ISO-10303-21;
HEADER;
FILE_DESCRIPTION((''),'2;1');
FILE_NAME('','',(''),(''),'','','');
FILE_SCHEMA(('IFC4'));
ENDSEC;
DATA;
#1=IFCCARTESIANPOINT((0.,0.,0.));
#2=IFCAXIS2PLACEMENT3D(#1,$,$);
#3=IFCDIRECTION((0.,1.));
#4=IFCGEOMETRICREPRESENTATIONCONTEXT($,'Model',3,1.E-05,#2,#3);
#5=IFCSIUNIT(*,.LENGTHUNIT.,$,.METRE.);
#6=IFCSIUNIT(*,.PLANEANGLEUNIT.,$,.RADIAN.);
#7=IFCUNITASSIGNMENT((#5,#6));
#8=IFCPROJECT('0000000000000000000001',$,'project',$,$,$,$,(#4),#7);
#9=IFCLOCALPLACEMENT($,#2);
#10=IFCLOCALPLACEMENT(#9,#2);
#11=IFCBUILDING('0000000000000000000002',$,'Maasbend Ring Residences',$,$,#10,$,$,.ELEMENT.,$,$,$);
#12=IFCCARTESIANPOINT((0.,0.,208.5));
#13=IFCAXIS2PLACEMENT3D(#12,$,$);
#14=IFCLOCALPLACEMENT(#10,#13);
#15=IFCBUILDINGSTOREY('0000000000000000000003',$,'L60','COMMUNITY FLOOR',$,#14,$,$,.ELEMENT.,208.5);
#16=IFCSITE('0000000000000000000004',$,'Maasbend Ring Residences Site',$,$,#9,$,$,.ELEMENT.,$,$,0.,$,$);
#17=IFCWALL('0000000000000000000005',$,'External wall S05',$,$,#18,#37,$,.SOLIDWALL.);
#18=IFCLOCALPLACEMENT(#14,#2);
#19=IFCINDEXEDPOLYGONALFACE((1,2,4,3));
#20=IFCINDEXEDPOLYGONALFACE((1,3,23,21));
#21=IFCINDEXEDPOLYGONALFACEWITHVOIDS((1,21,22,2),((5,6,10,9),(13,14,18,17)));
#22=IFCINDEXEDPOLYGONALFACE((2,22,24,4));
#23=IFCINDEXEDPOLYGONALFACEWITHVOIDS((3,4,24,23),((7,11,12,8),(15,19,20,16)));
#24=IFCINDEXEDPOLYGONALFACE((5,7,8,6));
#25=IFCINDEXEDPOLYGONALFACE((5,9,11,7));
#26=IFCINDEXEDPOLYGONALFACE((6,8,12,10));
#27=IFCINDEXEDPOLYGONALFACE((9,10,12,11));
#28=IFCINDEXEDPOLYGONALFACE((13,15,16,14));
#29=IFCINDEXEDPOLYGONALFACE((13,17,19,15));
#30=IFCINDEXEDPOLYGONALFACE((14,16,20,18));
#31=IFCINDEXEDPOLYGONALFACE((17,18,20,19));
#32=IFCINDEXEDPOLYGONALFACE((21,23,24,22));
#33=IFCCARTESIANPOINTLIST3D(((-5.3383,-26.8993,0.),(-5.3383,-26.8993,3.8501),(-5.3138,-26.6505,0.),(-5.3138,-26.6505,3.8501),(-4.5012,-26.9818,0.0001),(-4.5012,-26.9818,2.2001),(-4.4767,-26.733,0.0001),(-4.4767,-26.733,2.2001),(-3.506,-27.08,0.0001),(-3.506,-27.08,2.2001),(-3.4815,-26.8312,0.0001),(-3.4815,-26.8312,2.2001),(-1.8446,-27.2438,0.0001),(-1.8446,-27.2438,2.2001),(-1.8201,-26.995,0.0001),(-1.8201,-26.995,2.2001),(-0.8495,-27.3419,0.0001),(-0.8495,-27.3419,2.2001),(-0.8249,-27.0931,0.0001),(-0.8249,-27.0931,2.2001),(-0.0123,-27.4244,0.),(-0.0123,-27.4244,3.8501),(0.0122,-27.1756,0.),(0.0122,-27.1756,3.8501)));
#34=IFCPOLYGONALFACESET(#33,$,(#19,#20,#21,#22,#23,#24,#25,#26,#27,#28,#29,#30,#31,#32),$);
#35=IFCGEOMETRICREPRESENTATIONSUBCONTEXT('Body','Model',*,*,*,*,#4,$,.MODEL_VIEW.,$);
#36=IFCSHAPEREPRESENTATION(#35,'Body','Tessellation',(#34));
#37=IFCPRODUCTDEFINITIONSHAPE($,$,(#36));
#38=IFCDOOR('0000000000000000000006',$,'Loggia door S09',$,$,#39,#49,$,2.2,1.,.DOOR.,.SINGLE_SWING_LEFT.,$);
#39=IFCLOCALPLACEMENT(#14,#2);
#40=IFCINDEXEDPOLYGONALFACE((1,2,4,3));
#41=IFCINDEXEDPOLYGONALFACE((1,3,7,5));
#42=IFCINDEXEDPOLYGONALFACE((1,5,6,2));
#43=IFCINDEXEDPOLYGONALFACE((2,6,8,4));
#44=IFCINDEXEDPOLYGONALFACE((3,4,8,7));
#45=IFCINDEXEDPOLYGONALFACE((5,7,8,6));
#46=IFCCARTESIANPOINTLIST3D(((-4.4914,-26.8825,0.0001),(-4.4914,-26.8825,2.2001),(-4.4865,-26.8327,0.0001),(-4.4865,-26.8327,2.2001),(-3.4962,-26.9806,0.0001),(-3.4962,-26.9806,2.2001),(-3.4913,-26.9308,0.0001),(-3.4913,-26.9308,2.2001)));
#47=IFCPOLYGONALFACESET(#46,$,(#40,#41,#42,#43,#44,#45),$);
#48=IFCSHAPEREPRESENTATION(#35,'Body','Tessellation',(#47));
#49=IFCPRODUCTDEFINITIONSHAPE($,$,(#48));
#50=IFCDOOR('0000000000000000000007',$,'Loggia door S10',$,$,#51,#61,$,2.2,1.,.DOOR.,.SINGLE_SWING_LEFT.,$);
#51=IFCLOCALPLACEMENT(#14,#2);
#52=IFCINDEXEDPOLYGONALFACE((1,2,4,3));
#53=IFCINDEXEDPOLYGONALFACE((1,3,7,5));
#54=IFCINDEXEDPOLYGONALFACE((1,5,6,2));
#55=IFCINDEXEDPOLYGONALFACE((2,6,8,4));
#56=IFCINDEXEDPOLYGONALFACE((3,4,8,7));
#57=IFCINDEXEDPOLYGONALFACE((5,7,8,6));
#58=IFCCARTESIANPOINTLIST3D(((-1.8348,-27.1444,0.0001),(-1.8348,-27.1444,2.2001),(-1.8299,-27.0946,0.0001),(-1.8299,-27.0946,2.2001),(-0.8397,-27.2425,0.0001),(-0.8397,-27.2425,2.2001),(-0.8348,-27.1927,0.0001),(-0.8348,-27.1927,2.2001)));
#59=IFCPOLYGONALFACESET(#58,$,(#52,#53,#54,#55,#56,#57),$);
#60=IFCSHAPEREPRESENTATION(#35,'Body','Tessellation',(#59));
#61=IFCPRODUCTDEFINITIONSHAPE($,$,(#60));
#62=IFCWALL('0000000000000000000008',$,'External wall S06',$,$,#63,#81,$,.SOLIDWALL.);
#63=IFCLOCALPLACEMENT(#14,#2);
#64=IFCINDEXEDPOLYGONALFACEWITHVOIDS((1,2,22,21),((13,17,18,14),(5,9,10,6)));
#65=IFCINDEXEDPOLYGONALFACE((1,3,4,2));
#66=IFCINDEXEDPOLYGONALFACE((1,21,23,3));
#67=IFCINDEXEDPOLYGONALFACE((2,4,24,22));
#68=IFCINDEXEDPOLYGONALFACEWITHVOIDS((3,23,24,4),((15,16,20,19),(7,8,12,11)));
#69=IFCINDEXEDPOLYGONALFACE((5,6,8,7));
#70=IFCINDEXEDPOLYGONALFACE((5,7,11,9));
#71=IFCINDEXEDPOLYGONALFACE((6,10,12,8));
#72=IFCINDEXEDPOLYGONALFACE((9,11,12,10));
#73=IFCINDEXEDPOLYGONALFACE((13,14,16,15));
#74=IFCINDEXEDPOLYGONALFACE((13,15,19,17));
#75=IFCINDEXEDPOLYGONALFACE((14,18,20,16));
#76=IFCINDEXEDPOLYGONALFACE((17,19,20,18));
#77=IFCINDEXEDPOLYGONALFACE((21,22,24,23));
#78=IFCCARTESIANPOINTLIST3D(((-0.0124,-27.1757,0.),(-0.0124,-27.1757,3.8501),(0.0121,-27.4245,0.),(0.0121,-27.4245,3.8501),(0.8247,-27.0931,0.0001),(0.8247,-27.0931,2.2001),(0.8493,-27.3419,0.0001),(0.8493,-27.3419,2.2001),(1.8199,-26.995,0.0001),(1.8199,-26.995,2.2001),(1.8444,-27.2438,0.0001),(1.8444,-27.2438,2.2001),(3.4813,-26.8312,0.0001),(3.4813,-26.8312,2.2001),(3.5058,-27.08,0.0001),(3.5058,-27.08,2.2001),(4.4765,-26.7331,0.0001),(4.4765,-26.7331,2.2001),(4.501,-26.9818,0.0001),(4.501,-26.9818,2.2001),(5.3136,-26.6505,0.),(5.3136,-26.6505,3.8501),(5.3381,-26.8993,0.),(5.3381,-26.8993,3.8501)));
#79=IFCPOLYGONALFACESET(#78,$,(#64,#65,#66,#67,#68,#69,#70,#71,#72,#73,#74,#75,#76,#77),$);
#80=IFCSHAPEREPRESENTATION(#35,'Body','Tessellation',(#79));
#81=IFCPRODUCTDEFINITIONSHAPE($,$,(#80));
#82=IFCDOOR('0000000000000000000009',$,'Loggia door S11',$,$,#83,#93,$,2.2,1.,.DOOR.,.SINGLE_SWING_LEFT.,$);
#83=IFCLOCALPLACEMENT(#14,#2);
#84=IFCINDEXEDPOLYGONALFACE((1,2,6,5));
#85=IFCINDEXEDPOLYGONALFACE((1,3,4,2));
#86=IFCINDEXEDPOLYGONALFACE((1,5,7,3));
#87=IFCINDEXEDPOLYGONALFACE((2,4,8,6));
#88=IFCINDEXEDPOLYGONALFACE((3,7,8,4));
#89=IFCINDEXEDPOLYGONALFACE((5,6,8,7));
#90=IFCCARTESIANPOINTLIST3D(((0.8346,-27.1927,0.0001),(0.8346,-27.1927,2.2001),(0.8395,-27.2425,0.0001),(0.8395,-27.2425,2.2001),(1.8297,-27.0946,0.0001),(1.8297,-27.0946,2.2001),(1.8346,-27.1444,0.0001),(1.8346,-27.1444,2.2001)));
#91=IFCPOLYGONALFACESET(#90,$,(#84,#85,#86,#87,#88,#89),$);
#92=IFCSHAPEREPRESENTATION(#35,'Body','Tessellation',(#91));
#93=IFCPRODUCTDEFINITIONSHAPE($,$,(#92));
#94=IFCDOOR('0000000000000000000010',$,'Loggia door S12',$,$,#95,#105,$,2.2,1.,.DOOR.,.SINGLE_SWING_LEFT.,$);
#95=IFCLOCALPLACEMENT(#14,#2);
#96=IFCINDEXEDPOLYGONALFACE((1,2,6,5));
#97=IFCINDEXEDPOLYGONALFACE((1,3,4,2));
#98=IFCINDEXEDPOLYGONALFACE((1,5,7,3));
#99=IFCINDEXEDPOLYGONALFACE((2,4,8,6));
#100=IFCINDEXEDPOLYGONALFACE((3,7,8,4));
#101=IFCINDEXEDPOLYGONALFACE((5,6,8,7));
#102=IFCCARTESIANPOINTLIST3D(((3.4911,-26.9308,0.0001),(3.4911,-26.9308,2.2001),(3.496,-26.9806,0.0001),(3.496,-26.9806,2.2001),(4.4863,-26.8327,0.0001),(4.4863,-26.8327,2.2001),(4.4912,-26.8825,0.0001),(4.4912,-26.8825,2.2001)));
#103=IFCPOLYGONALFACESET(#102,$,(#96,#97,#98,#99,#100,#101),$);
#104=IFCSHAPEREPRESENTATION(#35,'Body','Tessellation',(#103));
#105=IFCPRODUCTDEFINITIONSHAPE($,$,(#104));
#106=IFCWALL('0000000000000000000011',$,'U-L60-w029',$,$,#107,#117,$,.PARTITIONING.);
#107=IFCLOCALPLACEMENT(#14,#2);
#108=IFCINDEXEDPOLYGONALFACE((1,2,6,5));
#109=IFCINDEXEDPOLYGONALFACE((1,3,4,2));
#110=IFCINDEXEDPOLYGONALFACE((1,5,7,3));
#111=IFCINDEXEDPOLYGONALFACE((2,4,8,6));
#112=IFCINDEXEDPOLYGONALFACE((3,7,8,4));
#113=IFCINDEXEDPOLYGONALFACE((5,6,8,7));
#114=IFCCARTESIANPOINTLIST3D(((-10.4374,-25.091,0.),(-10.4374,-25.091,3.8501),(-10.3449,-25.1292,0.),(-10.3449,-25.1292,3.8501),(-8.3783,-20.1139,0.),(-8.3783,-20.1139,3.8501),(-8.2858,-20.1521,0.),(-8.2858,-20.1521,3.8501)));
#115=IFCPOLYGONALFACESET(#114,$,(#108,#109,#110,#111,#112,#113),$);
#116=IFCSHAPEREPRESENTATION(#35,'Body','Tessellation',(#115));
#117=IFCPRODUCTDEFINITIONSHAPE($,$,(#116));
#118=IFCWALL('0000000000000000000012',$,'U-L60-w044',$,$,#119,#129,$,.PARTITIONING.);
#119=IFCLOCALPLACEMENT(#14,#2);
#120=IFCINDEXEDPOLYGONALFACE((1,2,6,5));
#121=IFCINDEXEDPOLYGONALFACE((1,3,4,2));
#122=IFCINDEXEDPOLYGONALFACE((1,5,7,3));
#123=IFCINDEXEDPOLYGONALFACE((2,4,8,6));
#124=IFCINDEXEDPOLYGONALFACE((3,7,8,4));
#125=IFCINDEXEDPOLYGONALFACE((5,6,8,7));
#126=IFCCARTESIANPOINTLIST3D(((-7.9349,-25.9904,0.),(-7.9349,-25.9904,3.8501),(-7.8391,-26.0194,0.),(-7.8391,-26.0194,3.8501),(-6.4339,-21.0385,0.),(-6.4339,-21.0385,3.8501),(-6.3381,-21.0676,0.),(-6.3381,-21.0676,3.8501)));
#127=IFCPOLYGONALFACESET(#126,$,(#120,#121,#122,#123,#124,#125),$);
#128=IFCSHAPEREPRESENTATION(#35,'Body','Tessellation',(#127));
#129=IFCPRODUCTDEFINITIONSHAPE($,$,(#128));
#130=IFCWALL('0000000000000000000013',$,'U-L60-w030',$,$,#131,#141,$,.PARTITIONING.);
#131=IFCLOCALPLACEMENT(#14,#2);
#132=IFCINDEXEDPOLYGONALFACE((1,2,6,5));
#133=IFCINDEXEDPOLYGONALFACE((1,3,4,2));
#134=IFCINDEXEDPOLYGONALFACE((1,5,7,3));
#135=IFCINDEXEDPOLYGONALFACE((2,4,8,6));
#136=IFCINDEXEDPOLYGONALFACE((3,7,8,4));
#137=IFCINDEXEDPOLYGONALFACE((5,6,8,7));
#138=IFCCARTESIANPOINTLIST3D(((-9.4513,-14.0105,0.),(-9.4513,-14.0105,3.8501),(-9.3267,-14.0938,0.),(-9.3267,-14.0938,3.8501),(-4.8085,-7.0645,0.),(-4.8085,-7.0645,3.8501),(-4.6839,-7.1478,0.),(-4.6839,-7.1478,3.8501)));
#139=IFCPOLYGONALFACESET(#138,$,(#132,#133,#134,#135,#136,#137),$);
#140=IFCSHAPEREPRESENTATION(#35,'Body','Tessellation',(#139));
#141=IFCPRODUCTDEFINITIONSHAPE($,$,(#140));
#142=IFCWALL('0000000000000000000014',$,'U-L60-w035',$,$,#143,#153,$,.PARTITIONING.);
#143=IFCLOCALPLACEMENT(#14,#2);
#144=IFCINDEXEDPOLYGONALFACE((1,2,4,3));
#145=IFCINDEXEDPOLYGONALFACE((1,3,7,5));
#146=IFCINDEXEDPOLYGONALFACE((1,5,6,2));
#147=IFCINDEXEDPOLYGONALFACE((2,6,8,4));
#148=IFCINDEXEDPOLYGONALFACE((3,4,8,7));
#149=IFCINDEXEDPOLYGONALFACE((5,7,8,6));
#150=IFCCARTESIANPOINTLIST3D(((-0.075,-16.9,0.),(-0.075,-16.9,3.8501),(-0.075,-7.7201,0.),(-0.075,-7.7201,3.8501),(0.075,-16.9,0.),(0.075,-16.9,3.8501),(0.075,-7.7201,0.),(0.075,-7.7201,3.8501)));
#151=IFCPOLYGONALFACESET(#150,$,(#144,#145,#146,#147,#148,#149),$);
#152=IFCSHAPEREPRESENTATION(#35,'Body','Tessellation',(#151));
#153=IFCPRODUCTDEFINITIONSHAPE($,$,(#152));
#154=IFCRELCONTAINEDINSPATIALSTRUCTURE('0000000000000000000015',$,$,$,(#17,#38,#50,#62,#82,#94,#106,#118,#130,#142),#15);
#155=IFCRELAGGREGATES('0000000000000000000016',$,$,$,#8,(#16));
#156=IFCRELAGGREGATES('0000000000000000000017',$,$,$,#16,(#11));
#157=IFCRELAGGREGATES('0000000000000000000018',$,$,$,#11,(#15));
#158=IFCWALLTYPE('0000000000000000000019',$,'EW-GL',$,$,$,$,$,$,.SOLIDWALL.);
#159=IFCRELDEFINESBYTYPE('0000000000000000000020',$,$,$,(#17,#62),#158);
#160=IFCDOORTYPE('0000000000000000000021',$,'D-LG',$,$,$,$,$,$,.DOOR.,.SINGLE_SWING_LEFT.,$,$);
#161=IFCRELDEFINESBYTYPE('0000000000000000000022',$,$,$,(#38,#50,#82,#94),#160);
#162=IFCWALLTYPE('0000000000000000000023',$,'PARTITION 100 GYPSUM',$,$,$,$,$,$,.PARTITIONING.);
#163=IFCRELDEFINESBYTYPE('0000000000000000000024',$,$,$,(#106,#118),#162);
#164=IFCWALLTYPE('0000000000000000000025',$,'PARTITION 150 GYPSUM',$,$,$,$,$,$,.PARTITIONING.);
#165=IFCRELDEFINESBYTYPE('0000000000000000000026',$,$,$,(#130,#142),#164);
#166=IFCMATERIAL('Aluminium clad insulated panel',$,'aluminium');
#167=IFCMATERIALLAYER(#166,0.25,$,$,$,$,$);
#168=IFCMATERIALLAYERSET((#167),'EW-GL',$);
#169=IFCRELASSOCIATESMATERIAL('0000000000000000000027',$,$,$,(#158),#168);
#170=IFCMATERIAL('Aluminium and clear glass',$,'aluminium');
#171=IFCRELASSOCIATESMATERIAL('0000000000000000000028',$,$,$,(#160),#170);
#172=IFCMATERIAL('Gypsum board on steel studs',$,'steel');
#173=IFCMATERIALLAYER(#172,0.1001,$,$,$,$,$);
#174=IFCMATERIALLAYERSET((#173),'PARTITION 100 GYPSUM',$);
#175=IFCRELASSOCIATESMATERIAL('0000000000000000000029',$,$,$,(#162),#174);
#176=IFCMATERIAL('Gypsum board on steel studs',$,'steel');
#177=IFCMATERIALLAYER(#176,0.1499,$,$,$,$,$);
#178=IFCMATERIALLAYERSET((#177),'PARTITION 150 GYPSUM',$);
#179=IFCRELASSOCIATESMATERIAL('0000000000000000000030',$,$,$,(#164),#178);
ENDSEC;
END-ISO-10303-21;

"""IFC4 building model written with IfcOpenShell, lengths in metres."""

from ifc_helpers import new_model, si_unit, direction, frame, frame_2d, origin, place, context, subcontext, project, spatial, rectangle, extrude, material, layer, layer_set, type_object, element, fill, save


model = new_model("IFC4")

# Units and contexts
model_context = context("Model", 3, precision=1e-05, world=origin(), true_north=direction((0.0, 1.0)))
body_context = subcontext(model_context, "Body", "Model", "MODEL_VIEW")
ifc_project = project(units=[si_unit("LENGTHUNIT", "METRE"), si_unit("PLANEANGLEUNIT", "RADIAN")], contexts=[model_context])

# Site, building, storey
site_placement = place(None, origin())
site = spatial("IfcSite", under=ifc_project, at=site_placement, Name="Maasbend Ring Residences Site", CompositionType="ELEMENT", RefElevation=0.0)
building_placement = place(site_placement, origin())
building = spatial("IfcBuilding", under=site, at=building_placement, Name="Maasbend Ring Residences", CompositionType="ELEMENT")
storey_placement = place(building_placement, frame((0.0, 0.0, 208.5)))
storey = spatial("IfcBuildingStorey", under=building, at=storey_placement, Name="L60", Description="COMMUNITY FLOOR", CompositionType="ELEMENT", Elevation=208.5)

# Walls, openings, doors
ifc_material_1 = material(Name="Aluminium clad insulated panel", Category="aluminium")
ifc_layer_1 = layer(ifc_material_1, 0.25)
ifc_layer_set_1 = layer_set([ifc_layer_1], Name="EW-GL")
wall_type_1 = type_object("IfcWallType", Name="EW-GL", PredefinedType="SOLIDWALL", material=ifc_layer_set_1)
ifc_material_2 = material(Name="Aluminium and clear glass", Category="aluminium")
door_type_1 = type_object("IfcDoorType", Name="D-LG", OperationType="SINGLE_SWING_LEFT", PredefinedType="DOOR", material=ifc_material_2)
wall_1_placement = place(storey_placement, frame((-5.3259, -26.7749, 0.0), z_axis=(0.0, 0.0, 1.0), x_axis=(0.995174, -0.098126, 0.0)))
wall_1 = element("IfcWall", 1, at=wall_1_placement, inside=storey, type_object=wall_type_1, Name="External wall S05", PredefinedType="SOLIDWALL", context=body_context, shape_type="SweptSolid", body=[
    extrude(rectangle(XDim=5.3518, YDim=0.25, at=frame_2d((2.6758, 0.0))), origin(), (0.0, 0.0, 1.0), 3.8501),
])
opening_1_placement = place(wall_1_placement, frame((0.8411, 0.0, 0.0)))
opening_1 = element("IfcOpeningElement", 2, at=opening_1_placement, cuts=wall_1, PredefinedType="OPENING", context=body_context, shape_type="SweptSolid", body=[
    extrude(rectangle(XDim=1.0, YDim=2.2, at=frame_2d((0.5, 1.1001))), frame((0.0, 0.135, 0.0), z_axis=(0.0, -1.0, 0.0), x_axis=(1.0, 0.0, 0.0)), (0.0, 0.0, 1.0), 0.27),
])
opening_2_placement = place(wall_1_placement, frame((3.5105, 0.0, 0.0)))
opening_2 = element("IfcOpeningElement", 3, at=opening_2_placement, cuts=wall_1, PredefinedType="OPENING", context=body_context, shape_type="SweptSolid", body=[
    extrude(rectangle(XDim=1.0, YDim=2.2, at=frame_2d((0.5, 1.1001))), frame((0.0, 0.135, 0.0), z_axis=(0.0, -1.0, 0.0), x_axis=(1.0, 0.0, 0.0)), (0.0, 0.0, 1.0), 0.27),
])
door_1_placement = place(opening_1_placement, origin())
door_1 = element("IfcDoor", 4, at=door_1_placement, inside=storey, type_object=door_type_1, Name="Loggia door S09", OperationType="SINGLE_SWING_LEFT", OverallHeight=2.2, OverallWidth=1.0, PredefinedType="DOOR", context=body_context, shape_type="SweptSolid", body=[
    extrude(rectangle(XDim=1.0, YDim=2.2, at=frame_2d((0.5, 1.1001))), frame((0.0, 0.0249, 0.0), z_axis=(0.0, -1.0, 0.0), x_axis=(1.0, 0.0, 0.0)), (0.0, 0.0, 1.0), 0.05),
])
fill(opening_1, door_1)
door_2_placement = place(opening_2_placement, origin())
door_2 = element("IfcDoor", 5, at=door_2_placement, inside=storey, type_object=door_type_1, Name="Loggia door S10", OperationType="SINGLE_SWING_LEFT", OverallHeight=2.2, OverallWidth=1.0, PredefinedType="DOOR", context=body_context, shape_type="SweptSolid", body=[
    extrude(rectangle(XDim=1.0, YDim=2.2, at=frame_2d((0.5, 1.1001))), frame((0.0, 0.0249, 0.0), z_axis=(0.0, -1.0, 0.0), x_axis=(1.0, 0.0, 0.0)), (0.0, 0.0, 1.0), 0.05),
])
fill(opening_2, door_2)
wall_2_placement = place(storey_placement, frame((0.0, -27.3, 0.0), z_axis=(0.0, 0.0, 1.0), x_axis=(0.995174, 0.098126, 0.0)))
wall_2 = element("IfcWall", 6, at=wall_2_placement, inside=storey, type_object=wall_type_1, Name="External wall S06", PredefinedType="SOLIDWALL", context=body_context, shape_type="SweptSolid", body=[
    extrude(rectangle(XDim=5.3518, YDim=0.25, at=frame_2d((2.6758, 0.0))), origin(), (0.0, 0.0, 1.0), 3.8501),
])
opening_3_placement = place(wall_2_placement, frame((0.8411, 0.0, 0.0)))
opening_3 = element("IfcOpeningElement", 7, at=opening_3_placement, cuts=wall_2, PredefinedType="OPENING", context=body_context, shape_type="SweptSolid", body=[
    extrude(rectangle(XDim=1.0, YDim=2.2, at=frame_2d((0.5, 1.1001))), frame((0.0, 0.135, 0.0), z_axis=(0.0, -1.0, 0.0), x_axis=(1.0, 0.0, 0.0)), (0.0, 0.0, 1.0), 0.27),
])
opening_4_placement = place(wall_2_placement, frame((3.5105, 0.0, 0.0)))
opening_4 = element("IfcOpeningElement", 8, at=opening_4_placement, cuts=wall_2, PredefinedType="OPENING", context=body_context, shape_type="SweptSolid", body=[
    extrude(rectangle(XDim=1.0, YDim=2.2, at=frame_2d((0.5, 1.1001))), frame((0.0, 0.135, 0.0), z_axis=(0.0, -1.0, 0.0), x_axis=(1.0, 0.0, 0.0)), (0.0, 0.0, 1.0), 0.27),
])
door_3_placement = place(opening_3_placement, origin())
door_3 = element("IfcDoor", 9, at=door_3_placement, inside=storey, type_object=door_type_1, Name="Loggia door S11", OperationType="SINGLE_SWING_LEFT", OverallHeight=2.2, OverallWidth=1.0, PredefinedType="DOOR", context=body_context, shape_type="SweptSolid", body=[
    extrude(rectangle(XDim=1.0, YDim=2.2, at=frame_2d((0.5, 1.1001))), frame((0.0, 0.0249, 0.0), z_axis=(0.0, -1.0, 0.0), x_axis=(1.0, 0.0, 0.0)), (0.0, 0.0, 1.0), 0.05),
])
fill(opening_3, door_3)
door_4_placement = place(opening_4_placement, origin())
door_4 = element("IfcDoor", 10, at=door_4_placement, inside=storey, type_object=door_type_1, Name="Loggia door S12", OperationType="SINGLE_SWING_LEFT", OverallHeight=2.2, OverallWidth=1.0, PredefinedType="DOOR", context=body_context, shape_type="SweptSolid", body=[
    extrude(rectangle(XDim=1.0, YDim=2.2, at=frame_2d((0.5, 1.1001))), frame((0.0, 0.0249, 0.0), z_axis=(0.0, -1.0, 0.0), x_axis=(1.0, 0.0, 0.0)), (0.0, 0.0, 1.0), 0.05),
])
fill(opening_4, door_4)

# Walls
ifc_material_3 = material(Name="Gypsum board on steel studs", Category="steel")
ifc_layer_2 = layer(ifc_material_3, 0.1001)
ifc_layer_set_2 = layer_set([ifc_layer_2], Name="PARTITION 100 GYPSUM")
wall_type_2 = type_object("IfcWallType", Name="PARTITION 100 GYPSUM", PredefinedType="PARTITIONING", material=ifc_layer_set_2)
wall_3_placement = place(storey_placement, frame((-10.3911, -25.1101, 0.0), z_axis=(0.0, 0.0, 1.0), x_axis=(0.38229, 0.924042, 0.0)))
element("IfcWall", 11, at=wall_3_placement, inside=storey, type_object=wall_type_2, Name="U-L60-w029", PredefinedType="PARTITIONING", context=body_context, shape_type="SweptSolid", body=[
    extrude(rectangle(XDim=5.3862, YDim=0.1001, at=frame_2d((2.6931, 0.0))), origin(), (0.0, 0.0, 1.0), 3.8501),
])
wall_4_placement = place(storey_placement, frame((-7.887, -26.0049, 0.0), z_axis=(0.0, 0.0, 1.0), x_axis=(0.290078, 0.957003, 0.0)))
element("IfcWall", 12, at=wall_4_placement, inside=storey, type_object=wall_type_2, Name="U-L60-w044", PredefinedType="PARTITIONING", context=body_context, shape_type="SweptSolid", body=[
    extrude(rectangle(XDim=5.1743, YDim=0.1001, at=frame_2d((2.5872, 0.0))), origin(), (0.0, 0.0, 1.0), 3.8501),
])
ifc_material_4 = material(Name="Gypsum board on steel studs", Category="steel")
ifc_layer_3 = layer(ifc_material_4, 0.1499)
ifc_layer_set_3 = layer_set([ifc_layer_3], Name="PARTITION 150 GYPSUM")
wall_type_3 = type_object("IfcWallType", Name="PARTITION 150 GYPSUM", PredefinedType="PARTITIONING", material=ifc_layer_set_3)
wall_5_placement = place(storey_placement, frame((-9.3889, -14.052, 0.0), z_axis=(0.0, 0.0, 1.0), x_axis=(0.555705, 0.83138, 0.0)))
element("IfcWall", 13, at=wall_5_placement, inside=storey, type_object=wall_type_3, Name="U-L60-w030", PredefinedType="PARTITIONING", context=body_context, shape_type="SweptSolid", body=[
    extrude(rectangle(XDim=8.3547, YDim=0.1499, at=frame_2d((4.1772, 0.0))), origin(), (0.0, 0.0, 1.0), 3.8501),
])
wall_6_placement = place(storey_placement, frame((0.0, -16.8999, 0.0), z_axis=(0.0, 0.0, 1.0), x_axis=(0.0, 1.0, 0.0)))
element("IfcWall", 14, at=wall_6_placement, inside=storey, type_object=wall_type_3, Name="U-L60-w035", PredefinedType="PARTITIONING", context=body_context, shape_type="SweptSolid", body=[
    extrude(rectangle(XDim=9.1799, YDim=0.1499, at=frame_2d((4.5898, 0.0))), origin(), (0.0, 0.0, 1.0), 3.8501),
])

save(model, "model.ifc")
